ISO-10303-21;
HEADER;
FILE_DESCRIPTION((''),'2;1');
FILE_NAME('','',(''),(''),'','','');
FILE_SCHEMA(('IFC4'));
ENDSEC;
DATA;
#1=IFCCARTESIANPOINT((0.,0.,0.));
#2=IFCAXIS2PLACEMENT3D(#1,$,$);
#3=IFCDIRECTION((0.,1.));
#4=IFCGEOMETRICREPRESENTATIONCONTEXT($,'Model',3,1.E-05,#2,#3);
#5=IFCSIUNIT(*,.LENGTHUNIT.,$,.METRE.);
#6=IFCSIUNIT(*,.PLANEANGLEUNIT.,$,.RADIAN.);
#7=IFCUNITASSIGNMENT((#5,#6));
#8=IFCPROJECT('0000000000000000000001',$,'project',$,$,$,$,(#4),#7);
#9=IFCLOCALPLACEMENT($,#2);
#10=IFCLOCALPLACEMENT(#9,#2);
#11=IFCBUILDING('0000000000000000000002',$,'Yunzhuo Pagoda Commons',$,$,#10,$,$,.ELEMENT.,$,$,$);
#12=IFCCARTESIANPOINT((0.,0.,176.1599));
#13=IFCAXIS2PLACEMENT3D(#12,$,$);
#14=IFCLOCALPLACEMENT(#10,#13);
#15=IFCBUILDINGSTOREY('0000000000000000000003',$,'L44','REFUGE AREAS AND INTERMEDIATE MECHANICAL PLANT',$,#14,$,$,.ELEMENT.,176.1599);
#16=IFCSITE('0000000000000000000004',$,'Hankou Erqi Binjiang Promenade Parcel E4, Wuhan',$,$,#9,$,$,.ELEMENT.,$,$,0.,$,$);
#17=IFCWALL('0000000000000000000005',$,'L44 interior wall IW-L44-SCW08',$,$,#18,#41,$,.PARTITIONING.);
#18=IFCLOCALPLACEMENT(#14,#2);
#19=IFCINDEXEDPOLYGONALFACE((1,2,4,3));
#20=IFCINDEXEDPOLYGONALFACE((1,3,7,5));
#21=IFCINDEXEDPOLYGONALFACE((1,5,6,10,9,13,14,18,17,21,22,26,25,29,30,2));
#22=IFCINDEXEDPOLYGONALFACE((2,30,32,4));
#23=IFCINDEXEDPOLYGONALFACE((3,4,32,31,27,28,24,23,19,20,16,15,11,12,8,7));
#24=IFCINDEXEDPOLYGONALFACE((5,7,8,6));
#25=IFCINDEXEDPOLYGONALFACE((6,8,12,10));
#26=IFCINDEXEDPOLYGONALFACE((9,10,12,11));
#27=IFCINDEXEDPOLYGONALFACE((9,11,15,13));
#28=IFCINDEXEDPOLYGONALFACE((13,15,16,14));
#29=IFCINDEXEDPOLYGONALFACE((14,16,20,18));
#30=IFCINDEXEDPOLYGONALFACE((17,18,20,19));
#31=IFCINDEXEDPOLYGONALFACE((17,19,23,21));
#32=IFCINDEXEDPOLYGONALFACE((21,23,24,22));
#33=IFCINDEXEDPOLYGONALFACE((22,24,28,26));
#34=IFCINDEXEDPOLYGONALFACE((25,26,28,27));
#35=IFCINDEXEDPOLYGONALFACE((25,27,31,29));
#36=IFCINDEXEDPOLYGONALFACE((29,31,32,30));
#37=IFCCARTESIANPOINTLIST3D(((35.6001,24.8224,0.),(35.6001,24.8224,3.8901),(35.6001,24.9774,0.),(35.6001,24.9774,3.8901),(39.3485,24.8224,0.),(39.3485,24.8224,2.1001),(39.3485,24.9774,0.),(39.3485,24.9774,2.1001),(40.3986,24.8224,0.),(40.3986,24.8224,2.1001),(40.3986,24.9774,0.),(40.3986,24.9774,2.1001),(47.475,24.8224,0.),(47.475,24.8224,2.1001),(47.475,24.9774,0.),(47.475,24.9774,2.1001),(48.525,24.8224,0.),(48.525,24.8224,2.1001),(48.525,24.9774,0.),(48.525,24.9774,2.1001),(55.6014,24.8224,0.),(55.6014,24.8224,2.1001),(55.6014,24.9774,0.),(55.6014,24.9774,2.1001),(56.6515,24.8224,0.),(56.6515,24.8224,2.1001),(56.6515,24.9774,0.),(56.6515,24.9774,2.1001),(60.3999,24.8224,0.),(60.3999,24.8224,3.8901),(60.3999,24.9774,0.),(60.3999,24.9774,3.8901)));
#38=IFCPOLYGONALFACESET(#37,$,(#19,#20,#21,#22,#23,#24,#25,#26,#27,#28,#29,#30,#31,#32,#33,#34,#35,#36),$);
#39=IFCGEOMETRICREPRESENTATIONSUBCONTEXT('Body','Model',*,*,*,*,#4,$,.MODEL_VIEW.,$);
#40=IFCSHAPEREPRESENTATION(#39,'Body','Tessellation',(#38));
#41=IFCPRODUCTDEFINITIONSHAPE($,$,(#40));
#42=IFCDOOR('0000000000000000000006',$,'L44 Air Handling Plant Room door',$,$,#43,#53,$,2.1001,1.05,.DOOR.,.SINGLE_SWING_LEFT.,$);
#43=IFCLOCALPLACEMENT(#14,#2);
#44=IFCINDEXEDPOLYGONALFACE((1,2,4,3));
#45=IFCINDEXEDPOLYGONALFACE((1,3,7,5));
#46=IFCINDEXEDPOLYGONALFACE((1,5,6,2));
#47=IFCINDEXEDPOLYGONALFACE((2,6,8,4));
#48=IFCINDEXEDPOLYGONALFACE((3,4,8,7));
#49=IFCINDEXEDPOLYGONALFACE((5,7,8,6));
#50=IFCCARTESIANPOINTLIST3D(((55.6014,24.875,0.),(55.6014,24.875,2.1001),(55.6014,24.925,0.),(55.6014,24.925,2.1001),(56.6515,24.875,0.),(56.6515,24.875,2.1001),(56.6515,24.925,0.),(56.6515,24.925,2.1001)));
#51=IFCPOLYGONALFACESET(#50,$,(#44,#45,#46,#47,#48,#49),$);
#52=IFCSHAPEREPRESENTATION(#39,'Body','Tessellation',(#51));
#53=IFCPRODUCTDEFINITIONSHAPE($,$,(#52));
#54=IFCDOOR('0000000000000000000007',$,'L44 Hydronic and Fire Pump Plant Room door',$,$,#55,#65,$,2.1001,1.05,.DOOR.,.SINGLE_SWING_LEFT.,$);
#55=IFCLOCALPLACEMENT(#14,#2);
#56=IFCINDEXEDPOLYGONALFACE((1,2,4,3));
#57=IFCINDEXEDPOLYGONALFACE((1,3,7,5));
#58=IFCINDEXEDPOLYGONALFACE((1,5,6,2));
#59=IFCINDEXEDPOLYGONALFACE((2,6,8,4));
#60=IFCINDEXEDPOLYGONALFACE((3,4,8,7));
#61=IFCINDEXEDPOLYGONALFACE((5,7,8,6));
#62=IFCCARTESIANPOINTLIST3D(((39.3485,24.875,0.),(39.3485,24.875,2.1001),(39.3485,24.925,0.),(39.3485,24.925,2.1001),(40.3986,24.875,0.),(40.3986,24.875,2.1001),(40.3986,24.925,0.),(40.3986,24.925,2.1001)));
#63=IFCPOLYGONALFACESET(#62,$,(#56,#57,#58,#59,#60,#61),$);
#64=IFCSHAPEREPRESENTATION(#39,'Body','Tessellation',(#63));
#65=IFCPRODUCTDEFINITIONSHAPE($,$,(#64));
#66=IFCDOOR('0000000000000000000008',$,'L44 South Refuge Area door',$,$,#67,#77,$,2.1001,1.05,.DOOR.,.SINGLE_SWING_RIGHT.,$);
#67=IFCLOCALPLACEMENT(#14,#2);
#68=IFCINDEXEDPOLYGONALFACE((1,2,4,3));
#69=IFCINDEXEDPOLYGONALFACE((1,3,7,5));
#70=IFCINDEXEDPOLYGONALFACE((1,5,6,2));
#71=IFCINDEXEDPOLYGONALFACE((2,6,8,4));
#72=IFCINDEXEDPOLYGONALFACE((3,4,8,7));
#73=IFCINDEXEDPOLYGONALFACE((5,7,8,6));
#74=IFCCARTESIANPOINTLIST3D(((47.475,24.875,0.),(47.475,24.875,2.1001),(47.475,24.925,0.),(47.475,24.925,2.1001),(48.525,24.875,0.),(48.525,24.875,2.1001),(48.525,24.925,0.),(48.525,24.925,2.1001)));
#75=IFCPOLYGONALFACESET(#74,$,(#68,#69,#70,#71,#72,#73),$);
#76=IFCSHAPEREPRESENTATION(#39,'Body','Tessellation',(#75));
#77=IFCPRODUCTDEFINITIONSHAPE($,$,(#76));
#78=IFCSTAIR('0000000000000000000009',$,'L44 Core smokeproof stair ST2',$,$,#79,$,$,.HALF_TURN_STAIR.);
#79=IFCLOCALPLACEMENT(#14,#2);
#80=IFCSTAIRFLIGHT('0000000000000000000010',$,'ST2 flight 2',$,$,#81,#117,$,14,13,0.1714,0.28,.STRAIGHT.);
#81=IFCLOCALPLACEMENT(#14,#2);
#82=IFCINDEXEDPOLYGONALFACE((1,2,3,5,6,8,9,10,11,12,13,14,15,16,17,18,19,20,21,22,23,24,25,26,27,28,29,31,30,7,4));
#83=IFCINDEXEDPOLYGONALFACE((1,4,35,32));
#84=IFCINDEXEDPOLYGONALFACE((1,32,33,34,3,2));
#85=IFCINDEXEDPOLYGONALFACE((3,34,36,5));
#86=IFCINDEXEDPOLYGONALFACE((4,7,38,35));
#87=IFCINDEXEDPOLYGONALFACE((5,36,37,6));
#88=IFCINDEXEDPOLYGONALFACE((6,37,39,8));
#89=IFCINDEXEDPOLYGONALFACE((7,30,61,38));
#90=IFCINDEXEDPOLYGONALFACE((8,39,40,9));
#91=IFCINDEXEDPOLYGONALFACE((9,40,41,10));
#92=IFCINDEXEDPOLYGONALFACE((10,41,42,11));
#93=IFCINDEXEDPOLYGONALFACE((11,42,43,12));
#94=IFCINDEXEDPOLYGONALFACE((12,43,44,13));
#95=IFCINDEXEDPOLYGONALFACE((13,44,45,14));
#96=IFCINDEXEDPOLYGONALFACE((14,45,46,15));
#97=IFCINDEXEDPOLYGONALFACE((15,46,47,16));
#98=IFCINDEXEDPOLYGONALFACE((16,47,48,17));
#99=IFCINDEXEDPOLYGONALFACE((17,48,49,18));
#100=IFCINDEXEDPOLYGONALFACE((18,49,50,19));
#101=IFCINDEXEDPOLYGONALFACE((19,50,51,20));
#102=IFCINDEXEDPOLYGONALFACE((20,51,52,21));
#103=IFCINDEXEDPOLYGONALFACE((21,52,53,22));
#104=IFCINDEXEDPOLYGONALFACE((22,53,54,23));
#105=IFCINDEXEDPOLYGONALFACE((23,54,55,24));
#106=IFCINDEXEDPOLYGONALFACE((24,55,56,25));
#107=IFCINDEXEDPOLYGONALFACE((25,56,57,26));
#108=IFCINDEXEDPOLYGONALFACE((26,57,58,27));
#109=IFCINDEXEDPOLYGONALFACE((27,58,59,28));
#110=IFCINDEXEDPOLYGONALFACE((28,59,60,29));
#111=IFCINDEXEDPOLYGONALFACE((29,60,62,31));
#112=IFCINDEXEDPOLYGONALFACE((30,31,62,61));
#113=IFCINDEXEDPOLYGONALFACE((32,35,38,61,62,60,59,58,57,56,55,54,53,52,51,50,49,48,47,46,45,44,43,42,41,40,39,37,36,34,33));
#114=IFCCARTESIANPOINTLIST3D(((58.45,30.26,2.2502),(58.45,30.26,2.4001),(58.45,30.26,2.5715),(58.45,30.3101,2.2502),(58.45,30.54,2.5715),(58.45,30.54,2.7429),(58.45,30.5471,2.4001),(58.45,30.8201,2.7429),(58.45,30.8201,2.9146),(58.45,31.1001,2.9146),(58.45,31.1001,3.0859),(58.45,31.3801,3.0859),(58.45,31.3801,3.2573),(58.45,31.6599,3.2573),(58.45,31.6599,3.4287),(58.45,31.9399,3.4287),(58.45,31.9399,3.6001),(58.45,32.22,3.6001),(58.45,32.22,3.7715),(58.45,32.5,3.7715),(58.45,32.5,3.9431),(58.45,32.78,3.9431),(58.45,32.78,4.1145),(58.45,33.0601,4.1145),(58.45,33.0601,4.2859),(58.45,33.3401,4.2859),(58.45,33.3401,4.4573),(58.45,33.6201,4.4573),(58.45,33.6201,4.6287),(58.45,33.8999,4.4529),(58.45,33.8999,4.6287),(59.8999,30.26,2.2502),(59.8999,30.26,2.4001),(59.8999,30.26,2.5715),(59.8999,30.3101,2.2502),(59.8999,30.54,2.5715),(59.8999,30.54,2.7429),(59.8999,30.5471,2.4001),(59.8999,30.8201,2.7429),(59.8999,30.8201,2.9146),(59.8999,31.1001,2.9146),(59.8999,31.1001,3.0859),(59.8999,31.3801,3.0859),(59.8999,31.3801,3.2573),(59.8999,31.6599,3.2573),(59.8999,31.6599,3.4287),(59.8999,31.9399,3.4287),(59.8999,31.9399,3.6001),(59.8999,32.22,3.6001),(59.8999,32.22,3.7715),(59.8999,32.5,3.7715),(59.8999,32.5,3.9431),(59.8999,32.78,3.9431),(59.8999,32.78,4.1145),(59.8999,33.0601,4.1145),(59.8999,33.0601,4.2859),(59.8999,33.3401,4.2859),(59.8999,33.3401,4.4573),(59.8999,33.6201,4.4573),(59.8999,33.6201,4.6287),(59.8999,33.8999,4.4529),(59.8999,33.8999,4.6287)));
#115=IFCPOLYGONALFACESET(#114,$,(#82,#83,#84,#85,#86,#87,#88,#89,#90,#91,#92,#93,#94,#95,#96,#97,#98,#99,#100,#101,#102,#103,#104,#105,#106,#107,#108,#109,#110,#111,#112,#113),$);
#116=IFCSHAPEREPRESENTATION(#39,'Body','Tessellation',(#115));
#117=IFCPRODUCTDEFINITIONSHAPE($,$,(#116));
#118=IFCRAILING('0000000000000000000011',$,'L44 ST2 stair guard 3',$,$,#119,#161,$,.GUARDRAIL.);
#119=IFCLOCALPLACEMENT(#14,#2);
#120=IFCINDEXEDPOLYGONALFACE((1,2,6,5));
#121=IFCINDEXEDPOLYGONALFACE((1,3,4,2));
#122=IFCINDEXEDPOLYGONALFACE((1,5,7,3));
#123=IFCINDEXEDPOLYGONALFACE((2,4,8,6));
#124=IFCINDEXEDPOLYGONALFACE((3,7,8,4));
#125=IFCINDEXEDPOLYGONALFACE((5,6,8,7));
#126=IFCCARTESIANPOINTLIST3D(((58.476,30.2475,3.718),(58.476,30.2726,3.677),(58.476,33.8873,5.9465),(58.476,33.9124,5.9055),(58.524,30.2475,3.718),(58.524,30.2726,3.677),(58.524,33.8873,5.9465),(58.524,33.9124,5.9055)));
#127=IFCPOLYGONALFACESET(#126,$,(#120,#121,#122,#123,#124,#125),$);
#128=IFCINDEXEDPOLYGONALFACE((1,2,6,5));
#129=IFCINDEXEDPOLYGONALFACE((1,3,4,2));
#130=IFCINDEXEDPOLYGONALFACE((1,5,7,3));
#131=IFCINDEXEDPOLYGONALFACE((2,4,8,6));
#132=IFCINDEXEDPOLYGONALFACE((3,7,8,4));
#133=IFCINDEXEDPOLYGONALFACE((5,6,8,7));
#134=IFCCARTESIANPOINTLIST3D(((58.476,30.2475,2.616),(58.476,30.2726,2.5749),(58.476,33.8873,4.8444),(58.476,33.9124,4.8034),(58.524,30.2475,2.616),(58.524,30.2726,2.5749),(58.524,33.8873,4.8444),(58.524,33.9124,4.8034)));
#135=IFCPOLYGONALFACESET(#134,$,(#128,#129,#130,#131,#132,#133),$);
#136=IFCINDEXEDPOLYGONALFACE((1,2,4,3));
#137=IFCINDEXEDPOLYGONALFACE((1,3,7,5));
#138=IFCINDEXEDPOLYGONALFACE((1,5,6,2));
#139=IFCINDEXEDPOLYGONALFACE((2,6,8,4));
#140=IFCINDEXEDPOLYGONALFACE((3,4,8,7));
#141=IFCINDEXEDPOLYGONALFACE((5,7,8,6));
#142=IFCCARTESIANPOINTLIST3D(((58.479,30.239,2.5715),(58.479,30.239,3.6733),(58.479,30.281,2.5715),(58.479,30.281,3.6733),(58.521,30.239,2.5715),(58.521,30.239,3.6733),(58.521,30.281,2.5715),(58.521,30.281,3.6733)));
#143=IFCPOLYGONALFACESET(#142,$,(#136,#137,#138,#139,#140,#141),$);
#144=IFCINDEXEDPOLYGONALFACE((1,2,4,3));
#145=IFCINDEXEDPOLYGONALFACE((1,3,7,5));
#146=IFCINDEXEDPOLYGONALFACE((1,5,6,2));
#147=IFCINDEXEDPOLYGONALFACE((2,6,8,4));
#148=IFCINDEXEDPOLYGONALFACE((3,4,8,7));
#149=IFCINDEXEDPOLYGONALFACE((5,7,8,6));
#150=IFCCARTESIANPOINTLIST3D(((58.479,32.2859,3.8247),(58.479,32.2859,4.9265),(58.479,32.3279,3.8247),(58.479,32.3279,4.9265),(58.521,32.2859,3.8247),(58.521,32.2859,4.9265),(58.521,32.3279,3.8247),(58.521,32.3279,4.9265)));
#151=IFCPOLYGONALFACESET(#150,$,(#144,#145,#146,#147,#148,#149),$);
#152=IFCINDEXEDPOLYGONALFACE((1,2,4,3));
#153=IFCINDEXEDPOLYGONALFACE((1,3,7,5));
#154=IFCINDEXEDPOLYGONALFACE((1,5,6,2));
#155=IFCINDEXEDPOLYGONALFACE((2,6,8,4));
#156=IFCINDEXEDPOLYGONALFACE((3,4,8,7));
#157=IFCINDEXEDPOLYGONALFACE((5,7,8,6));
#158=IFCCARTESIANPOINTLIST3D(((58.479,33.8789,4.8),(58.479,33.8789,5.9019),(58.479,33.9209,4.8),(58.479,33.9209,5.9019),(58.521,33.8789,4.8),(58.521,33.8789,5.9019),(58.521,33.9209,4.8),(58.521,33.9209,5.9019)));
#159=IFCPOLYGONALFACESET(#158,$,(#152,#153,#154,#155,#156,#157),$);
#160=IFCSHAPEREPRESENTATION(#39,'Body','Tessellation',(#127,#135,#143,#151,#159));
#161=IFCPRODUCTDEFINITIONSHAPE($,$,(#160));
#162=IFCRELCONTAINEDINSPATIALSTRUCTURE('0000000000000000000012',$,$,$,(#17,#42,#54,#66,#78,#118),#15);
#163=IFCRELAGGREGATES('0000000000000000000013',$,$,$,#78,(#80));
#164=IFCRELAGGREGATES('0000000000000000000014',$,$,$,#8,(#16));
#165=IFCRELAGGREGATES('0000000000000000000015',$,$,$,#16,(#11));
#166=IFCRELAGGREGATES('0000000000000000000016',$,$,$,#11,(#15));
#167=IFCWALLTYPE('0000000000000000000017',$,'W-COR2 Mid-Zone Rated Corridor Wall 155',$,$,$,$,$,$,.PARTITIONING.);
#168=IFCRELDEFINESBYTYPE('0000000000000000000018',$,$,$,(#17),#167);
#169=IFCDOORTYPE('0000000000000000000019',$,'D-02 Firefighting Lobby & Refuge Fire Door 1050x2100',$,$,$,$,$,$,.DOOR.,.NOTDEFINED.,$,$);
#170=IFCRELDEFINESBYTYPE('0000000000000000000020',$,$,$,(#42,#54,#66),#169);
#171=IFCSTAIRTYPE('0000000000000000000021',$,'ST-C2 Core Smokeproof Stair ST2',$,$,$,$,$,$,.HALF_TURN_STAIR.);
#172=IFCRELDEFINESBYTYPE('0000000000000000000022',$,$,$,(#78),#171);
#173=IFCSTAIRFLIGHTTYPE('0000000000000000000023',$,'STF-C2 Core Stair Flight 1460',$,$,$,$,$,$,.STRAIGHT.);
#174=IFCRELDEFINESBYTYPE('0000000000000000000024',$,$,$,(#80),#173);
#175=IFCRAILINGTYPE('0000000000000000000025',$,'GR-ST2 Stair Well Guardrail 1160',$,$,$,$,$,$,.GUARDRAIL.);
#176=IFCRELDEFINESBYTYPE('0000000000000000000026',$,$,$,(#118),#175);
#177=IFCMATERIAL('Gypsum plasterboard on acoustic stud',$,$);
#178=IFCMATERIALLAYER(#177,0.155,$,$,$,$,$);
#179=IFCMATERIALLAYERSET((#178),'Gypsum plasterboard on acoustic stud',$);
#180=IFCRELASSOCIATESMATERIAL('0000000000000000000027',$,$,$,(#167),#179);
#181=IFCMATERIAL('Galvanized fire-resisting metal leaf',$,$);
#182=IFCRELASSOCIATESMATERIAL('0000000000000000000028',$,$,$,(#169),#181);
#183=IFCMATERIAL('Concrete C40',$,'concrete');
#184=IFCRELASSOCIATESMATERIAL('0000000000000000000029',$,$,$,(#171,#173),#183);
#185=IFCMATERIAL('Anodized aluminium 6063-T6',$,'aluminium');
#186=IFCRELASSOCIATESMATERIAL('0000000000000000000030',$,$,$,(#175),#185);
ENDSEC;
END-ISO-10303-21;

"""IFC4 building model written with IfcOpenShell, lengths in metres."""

from ifc_helpers import new_model, si_unit, direction, frame, frame_2d, origin, origin_with_axes, origin_2d, place, context, subcontext, project, spatial, polyline, rectangle, outline, extrude, source, transform, mapped, material, layer, layer_set, type_object, element, fill, aggregate, save


model = new_model("IFC4")

# Units and contexts
model_context = context("Model", 3, precision=1e-05, world=origin(), true_north=direction((0.0, 1.0)))
body_context = subcontext(model_context, "Body", "Model", "MODEL_VIEW")
ifc_project = project(units=[si_unit("LENGTHUNIT", "METRE"), si_unit("PLANEANGLEUNIT", "RADIAN")], contexts=[model_context])

# Site, building, storey
site_placement = place(None, origin())
site = spatial("IfcSite", under=ifc_project, at=site_placement, Name="Hankou Erqi Binjiang Promenade Parcel E4, Wuhan", CompositionType="ELEMENT", RefElevation=0.0)
building_placement = place(site_placement, origin())
building = spatial("IfcBuilding", under=site, at=building_placement, Name="Yunzhuo Pagoda Commons", CompositionType="ELEMENT")
storey_placement = place(building_placement, frame((0.0, 0.0, 176.1599)))
storey = spatial("IfcBuildingStorey", under=building, at=storey_placement, Name="L44", Description="REFUGE AREAS AND INTERMEDIATE MECHANICAL PLANT", CompositionType="ELEMENT", Elevation=176.1599)

# Shared definitions
ifc_material_1 = material(Name="Gypsum plasterboard on acoustic stud")
ifc_layer_1 = layer(ifc_material_1, 0.155)
ifc_layer_set_1 = layer_set([ifc_layer_1], Name="Gypsum plasterboard on acoustic stud")
wall_type_1 = type_object("IfcWallType", Name="W-COR2 Mid-Zone Rated Corridor Wall 155", PredefinedType="PARTITIONING", material=ifc_layer_set_1)

# Wall, openings, doors
wall_1_placement = place(storey_placement, frame((60.3999, 24.8999, 0.0), z_axis=(0.0, 0.0, 1.0), x_axis=(-1.0, 0.0, 0.0)))
wall_1 = element("IfcWall", 1, at=wall_1_placement, inside=storey, type_object=wall_type_1, Name="L44 interior wall IW-L44-SCW08", PredefinedType="PARTITIONING", context=body_context, shape_type="SweptSolid", body=[
    extrude(rectangle(XDim=24.7998, YDim=0.155, at=frame_2d((12.3999, 0.0))), origin(), (0.0, 0.0, 1.0), 3.8901),
])
opening_1_placement = place(wall_1_placement, frame((3.7485, 0.0, 0.0)))
opening_1 = element("IfcOpeningElement", 2, at=opening_1_placement, cuts=wall_1, PredefinedType="OPENING", context=body_context, shape_type="SweptSolid", body=[
    extrude(rectangle(XDim=1.05, YDim=2.1001, at=frame_2d((0.5249, 1.05))), frame((0.0, 0.0874, 0.0), z_axis=(0.0, -1.0, 0.0), x_axis=(1.0, 0.0, 0.0)), (0.0, 0.0, 1.0), 0.175),
])
opening_2_placement = place(wall_1_placement, frame((20.0015, 0.0, 0.0)))
opening_2 = element("IfcOpeningElement", 3, at=opening_2_placement, cuts=wall_1, PredefinedType="OPENING", context=body_context, shape_type="SweptSolid", body=[
    extrude(rectangle(XDim=1.05, YDim=2.1001, at=frame_2d((0.5249, 1.05))), frame((0.0, 0.0874, 0.0), z_axis=(0.0, -1.0, 0.0), x_axis=(1.0, 0.0, 0.0)), (0.0, 0.0, 1.0), 0.175),
])
opening_3_placement = place(wall_1_placement, frame((11.875, 0.0, 0.0)))
opening_3 = element("IfcOpeningElement", 4, at=opening_3_placement, cuts=wall_1, PredefinedType="OPENING", context=body_context, shape_type="SweptSolid", body=[
    extrude(rectangle(XDim=1.05, YDim=2.1001, at=frame_2d((0.5249, 1.05))), frame((0.0, 0.0874, 0.0), z_axis=(0.0, -1.0, 0.0), x_axis=(1.0, 0.0, 0.0)), (0.0, 0.0, 1.0), 0.175),
])
ifc_material_2 = material(Name="Galvanized fire-resisting metal leaf")
door_type = type_object("IfcDoorType", Name="D-02 Firefighting Lobby & Refuge Fire Door 1050x2100", OperationType="NOTDEFINED", PredefinedType="DOOR", material=ifc_material_2)
shared_shape_1 = source(origin(), body_context, "Body", "SweptSolid", [
    extrude(rectangle(XDim=1.05, YDim=2.1001, at=frame_2d((0.5249, 1.05))), frame((0.0, 0.0249, 0.0), z_axis=(0.0, -1.0, 0.0), x_axis=(1.0, 0.0, 0.0)), (0.0, 0.0, 1.0), 0.05),
])
door_1_placement = place(opening_1_placement, origin_with_axes())
door_1 = element("IfcDoor", 5, at=door_1_placement, inside=storey, type_object=door_type, Name="L44 Air Handling Plant Room door", OperationType="SINGLE_SWING_LEFT", OverallHeight=2.1001, OverallWidth=1.05, PredefinedType="DOOR", context=body_context, shape_type="MappedRepresentation", body=[
    mapped(shared_shape_1, transform((0.0, 0.0, 0.0), scale=1.0)),
])
fill(opening_1, door_1)
door_2_placement = place(opening_2_placement, origin_with_axes())
door_2 = element("IfcDoor", 6, at=door_2_placement, inside=storey, type_object=door_type, Name="L44 Hydronic and Fire Pump Plant Room door", OperationType="SINGLE_SWING_LEFT", OverallHeight=2.1001, OverallWidth=1.05, PredefinedType="DOOR", context=body_context, shape_type="MappedRepresentation", body=[
    mapped(shared_shape_1, transform((0.0, 0.0, 0.0), scale=1.0)),
])
fill(opening_2, door_2)
door_3_placement = place(opening_3_placement, origin_with_axes())
door_3 = element("IfcDoor", 7, at=door_3_placement, inside=storey, type_object=door_type, Name="L44 South Refuge Area door", OperationType="SINGLE_SWING_RIGHT", OverallHeight=2.1001, OverallWidth=1.05, PredefinedType="DOOR", context=body_context, shape_type="MappedRepresentation", body=[
    mapped(shared_shape_1, transform((0.0, 0.0, 0.0), scale=1.0)),
])
fill(opening_3, door_3)

# Stair, stair flight
ifc_material_3 = material(Name="Concrete C40", Category="concrete")
stair_type = type_object("IfcStairType", Name="ST-C2 Core Smokeproof Stair ST2", PredefinedType="HALF_TURN_STAIR", material=ifc_material_3)
stair_placement = place(storey_placement, origin())
stair = element("IfcStair", 8, at=stair_placement, inside=storey, type_object=stair_type, Name="L44 Core smokeproof stair ST2", PredefinedType="HALF_TURN_STAIR")
stair_flight_type = type_object("IfcStairFlightType", Name="STF-C2 Core Stair Flight 1460", PredefinedType="STRAIGHT", material=ifc_material_3)
shared_shape_2 = source(origin(), body_context, "Body", "SweptSolid", [
    extrude(outline(polyline([(0.0, -0.1499), (0.0, 0.0), (0.0, 0.1714), (0.28, 0.1714), (0.28, 0.3428), (0.5601, 0.3428), (0.5601, 0.5144), (0.8401, 0.5144), (0.8401, 0.6858), (1.1201, 0.6858), (1.1201, 0.8572), (1.3999, 0.8572), (1.3999, 1.0286), (1.6799, 1.0286), (1.6799, 1.2), (1.96, 1.2), (1.96, 1.3713), (2.24, 1.3713), (2.24, 1.543), (2.52, 1.543), (2.52, 1.7144), (2.8, 1.7144), (2.8, 1.8857), (3.0801, 1.8857), (3.0801, 2.0571), (3.3601, 2.0571), (3.3601, 2.2285), (3.6399, 2.2285), (3.6399, 2.3999), (3.6399, 2.0527), (0.2871, 0.0), (0.05, -0.1499), (0.0, -0.1499)])), frame((0.0, 0.7251, 0.0), z_axis=(0.0, -1.0, 0.0), x_axis=(1.0, 0.0, 0.0)), (0.0, 0.0, 1.0), 1.45),
])
stair_flight_placement = place(storey_placement, frame((59.175, 30.26, 2.4001), z_axis=(0.0, 0.0, 1.0), x_axis=(0.0, 1.0, 0.0)))
stair_flight = element("IfcStairFlight", 9, at=stair_flight_placement, type_object=stair_flight_type, Name="ST2 flight 2", NumberOfRisers=14, NumberOfTreads=13, PredefinedType="STRAIGHT", RiserHeight=0.1714, TreadLength=0.28, context=body_context, shape_type="MappedRepresentation", body=[
    mapped(shared_shape_2, transform((0.0, 0.0, 0.0), scale=1.0)),
])
aggregate(stair, [stair_flight])

# Railing
ifc_material_4 = material(Name="Anodized aluminium 6063-T6", Category="aluminium")
railing_type_1 = type_object("IfcRailingType", Name="GR-ST2 Stair Well Guardrail 1160", PredefinedType="GUARDRAIL", material=ifc_material_4)
railing_1_placement = place(storey_placement, frame((58.5, 30.26, 2.5715)))
element("IfcRailing", 10, at=railing_1_placement, inside=storey, type_object=railing_type_1, Name="L44 ST2 stair guard 3", PredefinedType="GUARDRAIL", context=body_context, shape_type="SweptSolid", body=[
    extrude(rectangle(XDim=0.0481, YDim=0.0481, at=origin_2d()), frame((0.0, 0.0, 1.126), z_axis=(0.0, 0.85285, 0.522156), x_axis=(-1.0, 0.0, 0.0)), (0.0, 0.0, 1.0), 4.2678),
    extrude(rectangle(XDim=0.0481, YDim=0.0481, at=origin_2d()), frame((0.0, 0.0, 0.0239), z_axis=(0.0, 0.85285, 0.522156), x_axis=(-1.0, 0.0, 0.0)), (0.0, 0.0, 1.0), 4.2678),
    extrude(rectangle(XDim=0.042, YDim=0.042, at=origin_2d()), origin(), (0.0, 0.0, 1.0), 1.1018),
    extrude(rectangle(XDim=0.042, YDim=0.042, at=origin_2d()), frame((0.0, 2.0469, 1.2532)), (0.0, 0.0, 1.0), 1.1018),
    extrude(rectangle(XDim=0.042, YDim=0.042, at=origin_2d()), frame((0.0, 3.6399, 2.2285)), (0.0, 0.0, 1.0), 1.1018),
])

save(model, "model.ifc")
